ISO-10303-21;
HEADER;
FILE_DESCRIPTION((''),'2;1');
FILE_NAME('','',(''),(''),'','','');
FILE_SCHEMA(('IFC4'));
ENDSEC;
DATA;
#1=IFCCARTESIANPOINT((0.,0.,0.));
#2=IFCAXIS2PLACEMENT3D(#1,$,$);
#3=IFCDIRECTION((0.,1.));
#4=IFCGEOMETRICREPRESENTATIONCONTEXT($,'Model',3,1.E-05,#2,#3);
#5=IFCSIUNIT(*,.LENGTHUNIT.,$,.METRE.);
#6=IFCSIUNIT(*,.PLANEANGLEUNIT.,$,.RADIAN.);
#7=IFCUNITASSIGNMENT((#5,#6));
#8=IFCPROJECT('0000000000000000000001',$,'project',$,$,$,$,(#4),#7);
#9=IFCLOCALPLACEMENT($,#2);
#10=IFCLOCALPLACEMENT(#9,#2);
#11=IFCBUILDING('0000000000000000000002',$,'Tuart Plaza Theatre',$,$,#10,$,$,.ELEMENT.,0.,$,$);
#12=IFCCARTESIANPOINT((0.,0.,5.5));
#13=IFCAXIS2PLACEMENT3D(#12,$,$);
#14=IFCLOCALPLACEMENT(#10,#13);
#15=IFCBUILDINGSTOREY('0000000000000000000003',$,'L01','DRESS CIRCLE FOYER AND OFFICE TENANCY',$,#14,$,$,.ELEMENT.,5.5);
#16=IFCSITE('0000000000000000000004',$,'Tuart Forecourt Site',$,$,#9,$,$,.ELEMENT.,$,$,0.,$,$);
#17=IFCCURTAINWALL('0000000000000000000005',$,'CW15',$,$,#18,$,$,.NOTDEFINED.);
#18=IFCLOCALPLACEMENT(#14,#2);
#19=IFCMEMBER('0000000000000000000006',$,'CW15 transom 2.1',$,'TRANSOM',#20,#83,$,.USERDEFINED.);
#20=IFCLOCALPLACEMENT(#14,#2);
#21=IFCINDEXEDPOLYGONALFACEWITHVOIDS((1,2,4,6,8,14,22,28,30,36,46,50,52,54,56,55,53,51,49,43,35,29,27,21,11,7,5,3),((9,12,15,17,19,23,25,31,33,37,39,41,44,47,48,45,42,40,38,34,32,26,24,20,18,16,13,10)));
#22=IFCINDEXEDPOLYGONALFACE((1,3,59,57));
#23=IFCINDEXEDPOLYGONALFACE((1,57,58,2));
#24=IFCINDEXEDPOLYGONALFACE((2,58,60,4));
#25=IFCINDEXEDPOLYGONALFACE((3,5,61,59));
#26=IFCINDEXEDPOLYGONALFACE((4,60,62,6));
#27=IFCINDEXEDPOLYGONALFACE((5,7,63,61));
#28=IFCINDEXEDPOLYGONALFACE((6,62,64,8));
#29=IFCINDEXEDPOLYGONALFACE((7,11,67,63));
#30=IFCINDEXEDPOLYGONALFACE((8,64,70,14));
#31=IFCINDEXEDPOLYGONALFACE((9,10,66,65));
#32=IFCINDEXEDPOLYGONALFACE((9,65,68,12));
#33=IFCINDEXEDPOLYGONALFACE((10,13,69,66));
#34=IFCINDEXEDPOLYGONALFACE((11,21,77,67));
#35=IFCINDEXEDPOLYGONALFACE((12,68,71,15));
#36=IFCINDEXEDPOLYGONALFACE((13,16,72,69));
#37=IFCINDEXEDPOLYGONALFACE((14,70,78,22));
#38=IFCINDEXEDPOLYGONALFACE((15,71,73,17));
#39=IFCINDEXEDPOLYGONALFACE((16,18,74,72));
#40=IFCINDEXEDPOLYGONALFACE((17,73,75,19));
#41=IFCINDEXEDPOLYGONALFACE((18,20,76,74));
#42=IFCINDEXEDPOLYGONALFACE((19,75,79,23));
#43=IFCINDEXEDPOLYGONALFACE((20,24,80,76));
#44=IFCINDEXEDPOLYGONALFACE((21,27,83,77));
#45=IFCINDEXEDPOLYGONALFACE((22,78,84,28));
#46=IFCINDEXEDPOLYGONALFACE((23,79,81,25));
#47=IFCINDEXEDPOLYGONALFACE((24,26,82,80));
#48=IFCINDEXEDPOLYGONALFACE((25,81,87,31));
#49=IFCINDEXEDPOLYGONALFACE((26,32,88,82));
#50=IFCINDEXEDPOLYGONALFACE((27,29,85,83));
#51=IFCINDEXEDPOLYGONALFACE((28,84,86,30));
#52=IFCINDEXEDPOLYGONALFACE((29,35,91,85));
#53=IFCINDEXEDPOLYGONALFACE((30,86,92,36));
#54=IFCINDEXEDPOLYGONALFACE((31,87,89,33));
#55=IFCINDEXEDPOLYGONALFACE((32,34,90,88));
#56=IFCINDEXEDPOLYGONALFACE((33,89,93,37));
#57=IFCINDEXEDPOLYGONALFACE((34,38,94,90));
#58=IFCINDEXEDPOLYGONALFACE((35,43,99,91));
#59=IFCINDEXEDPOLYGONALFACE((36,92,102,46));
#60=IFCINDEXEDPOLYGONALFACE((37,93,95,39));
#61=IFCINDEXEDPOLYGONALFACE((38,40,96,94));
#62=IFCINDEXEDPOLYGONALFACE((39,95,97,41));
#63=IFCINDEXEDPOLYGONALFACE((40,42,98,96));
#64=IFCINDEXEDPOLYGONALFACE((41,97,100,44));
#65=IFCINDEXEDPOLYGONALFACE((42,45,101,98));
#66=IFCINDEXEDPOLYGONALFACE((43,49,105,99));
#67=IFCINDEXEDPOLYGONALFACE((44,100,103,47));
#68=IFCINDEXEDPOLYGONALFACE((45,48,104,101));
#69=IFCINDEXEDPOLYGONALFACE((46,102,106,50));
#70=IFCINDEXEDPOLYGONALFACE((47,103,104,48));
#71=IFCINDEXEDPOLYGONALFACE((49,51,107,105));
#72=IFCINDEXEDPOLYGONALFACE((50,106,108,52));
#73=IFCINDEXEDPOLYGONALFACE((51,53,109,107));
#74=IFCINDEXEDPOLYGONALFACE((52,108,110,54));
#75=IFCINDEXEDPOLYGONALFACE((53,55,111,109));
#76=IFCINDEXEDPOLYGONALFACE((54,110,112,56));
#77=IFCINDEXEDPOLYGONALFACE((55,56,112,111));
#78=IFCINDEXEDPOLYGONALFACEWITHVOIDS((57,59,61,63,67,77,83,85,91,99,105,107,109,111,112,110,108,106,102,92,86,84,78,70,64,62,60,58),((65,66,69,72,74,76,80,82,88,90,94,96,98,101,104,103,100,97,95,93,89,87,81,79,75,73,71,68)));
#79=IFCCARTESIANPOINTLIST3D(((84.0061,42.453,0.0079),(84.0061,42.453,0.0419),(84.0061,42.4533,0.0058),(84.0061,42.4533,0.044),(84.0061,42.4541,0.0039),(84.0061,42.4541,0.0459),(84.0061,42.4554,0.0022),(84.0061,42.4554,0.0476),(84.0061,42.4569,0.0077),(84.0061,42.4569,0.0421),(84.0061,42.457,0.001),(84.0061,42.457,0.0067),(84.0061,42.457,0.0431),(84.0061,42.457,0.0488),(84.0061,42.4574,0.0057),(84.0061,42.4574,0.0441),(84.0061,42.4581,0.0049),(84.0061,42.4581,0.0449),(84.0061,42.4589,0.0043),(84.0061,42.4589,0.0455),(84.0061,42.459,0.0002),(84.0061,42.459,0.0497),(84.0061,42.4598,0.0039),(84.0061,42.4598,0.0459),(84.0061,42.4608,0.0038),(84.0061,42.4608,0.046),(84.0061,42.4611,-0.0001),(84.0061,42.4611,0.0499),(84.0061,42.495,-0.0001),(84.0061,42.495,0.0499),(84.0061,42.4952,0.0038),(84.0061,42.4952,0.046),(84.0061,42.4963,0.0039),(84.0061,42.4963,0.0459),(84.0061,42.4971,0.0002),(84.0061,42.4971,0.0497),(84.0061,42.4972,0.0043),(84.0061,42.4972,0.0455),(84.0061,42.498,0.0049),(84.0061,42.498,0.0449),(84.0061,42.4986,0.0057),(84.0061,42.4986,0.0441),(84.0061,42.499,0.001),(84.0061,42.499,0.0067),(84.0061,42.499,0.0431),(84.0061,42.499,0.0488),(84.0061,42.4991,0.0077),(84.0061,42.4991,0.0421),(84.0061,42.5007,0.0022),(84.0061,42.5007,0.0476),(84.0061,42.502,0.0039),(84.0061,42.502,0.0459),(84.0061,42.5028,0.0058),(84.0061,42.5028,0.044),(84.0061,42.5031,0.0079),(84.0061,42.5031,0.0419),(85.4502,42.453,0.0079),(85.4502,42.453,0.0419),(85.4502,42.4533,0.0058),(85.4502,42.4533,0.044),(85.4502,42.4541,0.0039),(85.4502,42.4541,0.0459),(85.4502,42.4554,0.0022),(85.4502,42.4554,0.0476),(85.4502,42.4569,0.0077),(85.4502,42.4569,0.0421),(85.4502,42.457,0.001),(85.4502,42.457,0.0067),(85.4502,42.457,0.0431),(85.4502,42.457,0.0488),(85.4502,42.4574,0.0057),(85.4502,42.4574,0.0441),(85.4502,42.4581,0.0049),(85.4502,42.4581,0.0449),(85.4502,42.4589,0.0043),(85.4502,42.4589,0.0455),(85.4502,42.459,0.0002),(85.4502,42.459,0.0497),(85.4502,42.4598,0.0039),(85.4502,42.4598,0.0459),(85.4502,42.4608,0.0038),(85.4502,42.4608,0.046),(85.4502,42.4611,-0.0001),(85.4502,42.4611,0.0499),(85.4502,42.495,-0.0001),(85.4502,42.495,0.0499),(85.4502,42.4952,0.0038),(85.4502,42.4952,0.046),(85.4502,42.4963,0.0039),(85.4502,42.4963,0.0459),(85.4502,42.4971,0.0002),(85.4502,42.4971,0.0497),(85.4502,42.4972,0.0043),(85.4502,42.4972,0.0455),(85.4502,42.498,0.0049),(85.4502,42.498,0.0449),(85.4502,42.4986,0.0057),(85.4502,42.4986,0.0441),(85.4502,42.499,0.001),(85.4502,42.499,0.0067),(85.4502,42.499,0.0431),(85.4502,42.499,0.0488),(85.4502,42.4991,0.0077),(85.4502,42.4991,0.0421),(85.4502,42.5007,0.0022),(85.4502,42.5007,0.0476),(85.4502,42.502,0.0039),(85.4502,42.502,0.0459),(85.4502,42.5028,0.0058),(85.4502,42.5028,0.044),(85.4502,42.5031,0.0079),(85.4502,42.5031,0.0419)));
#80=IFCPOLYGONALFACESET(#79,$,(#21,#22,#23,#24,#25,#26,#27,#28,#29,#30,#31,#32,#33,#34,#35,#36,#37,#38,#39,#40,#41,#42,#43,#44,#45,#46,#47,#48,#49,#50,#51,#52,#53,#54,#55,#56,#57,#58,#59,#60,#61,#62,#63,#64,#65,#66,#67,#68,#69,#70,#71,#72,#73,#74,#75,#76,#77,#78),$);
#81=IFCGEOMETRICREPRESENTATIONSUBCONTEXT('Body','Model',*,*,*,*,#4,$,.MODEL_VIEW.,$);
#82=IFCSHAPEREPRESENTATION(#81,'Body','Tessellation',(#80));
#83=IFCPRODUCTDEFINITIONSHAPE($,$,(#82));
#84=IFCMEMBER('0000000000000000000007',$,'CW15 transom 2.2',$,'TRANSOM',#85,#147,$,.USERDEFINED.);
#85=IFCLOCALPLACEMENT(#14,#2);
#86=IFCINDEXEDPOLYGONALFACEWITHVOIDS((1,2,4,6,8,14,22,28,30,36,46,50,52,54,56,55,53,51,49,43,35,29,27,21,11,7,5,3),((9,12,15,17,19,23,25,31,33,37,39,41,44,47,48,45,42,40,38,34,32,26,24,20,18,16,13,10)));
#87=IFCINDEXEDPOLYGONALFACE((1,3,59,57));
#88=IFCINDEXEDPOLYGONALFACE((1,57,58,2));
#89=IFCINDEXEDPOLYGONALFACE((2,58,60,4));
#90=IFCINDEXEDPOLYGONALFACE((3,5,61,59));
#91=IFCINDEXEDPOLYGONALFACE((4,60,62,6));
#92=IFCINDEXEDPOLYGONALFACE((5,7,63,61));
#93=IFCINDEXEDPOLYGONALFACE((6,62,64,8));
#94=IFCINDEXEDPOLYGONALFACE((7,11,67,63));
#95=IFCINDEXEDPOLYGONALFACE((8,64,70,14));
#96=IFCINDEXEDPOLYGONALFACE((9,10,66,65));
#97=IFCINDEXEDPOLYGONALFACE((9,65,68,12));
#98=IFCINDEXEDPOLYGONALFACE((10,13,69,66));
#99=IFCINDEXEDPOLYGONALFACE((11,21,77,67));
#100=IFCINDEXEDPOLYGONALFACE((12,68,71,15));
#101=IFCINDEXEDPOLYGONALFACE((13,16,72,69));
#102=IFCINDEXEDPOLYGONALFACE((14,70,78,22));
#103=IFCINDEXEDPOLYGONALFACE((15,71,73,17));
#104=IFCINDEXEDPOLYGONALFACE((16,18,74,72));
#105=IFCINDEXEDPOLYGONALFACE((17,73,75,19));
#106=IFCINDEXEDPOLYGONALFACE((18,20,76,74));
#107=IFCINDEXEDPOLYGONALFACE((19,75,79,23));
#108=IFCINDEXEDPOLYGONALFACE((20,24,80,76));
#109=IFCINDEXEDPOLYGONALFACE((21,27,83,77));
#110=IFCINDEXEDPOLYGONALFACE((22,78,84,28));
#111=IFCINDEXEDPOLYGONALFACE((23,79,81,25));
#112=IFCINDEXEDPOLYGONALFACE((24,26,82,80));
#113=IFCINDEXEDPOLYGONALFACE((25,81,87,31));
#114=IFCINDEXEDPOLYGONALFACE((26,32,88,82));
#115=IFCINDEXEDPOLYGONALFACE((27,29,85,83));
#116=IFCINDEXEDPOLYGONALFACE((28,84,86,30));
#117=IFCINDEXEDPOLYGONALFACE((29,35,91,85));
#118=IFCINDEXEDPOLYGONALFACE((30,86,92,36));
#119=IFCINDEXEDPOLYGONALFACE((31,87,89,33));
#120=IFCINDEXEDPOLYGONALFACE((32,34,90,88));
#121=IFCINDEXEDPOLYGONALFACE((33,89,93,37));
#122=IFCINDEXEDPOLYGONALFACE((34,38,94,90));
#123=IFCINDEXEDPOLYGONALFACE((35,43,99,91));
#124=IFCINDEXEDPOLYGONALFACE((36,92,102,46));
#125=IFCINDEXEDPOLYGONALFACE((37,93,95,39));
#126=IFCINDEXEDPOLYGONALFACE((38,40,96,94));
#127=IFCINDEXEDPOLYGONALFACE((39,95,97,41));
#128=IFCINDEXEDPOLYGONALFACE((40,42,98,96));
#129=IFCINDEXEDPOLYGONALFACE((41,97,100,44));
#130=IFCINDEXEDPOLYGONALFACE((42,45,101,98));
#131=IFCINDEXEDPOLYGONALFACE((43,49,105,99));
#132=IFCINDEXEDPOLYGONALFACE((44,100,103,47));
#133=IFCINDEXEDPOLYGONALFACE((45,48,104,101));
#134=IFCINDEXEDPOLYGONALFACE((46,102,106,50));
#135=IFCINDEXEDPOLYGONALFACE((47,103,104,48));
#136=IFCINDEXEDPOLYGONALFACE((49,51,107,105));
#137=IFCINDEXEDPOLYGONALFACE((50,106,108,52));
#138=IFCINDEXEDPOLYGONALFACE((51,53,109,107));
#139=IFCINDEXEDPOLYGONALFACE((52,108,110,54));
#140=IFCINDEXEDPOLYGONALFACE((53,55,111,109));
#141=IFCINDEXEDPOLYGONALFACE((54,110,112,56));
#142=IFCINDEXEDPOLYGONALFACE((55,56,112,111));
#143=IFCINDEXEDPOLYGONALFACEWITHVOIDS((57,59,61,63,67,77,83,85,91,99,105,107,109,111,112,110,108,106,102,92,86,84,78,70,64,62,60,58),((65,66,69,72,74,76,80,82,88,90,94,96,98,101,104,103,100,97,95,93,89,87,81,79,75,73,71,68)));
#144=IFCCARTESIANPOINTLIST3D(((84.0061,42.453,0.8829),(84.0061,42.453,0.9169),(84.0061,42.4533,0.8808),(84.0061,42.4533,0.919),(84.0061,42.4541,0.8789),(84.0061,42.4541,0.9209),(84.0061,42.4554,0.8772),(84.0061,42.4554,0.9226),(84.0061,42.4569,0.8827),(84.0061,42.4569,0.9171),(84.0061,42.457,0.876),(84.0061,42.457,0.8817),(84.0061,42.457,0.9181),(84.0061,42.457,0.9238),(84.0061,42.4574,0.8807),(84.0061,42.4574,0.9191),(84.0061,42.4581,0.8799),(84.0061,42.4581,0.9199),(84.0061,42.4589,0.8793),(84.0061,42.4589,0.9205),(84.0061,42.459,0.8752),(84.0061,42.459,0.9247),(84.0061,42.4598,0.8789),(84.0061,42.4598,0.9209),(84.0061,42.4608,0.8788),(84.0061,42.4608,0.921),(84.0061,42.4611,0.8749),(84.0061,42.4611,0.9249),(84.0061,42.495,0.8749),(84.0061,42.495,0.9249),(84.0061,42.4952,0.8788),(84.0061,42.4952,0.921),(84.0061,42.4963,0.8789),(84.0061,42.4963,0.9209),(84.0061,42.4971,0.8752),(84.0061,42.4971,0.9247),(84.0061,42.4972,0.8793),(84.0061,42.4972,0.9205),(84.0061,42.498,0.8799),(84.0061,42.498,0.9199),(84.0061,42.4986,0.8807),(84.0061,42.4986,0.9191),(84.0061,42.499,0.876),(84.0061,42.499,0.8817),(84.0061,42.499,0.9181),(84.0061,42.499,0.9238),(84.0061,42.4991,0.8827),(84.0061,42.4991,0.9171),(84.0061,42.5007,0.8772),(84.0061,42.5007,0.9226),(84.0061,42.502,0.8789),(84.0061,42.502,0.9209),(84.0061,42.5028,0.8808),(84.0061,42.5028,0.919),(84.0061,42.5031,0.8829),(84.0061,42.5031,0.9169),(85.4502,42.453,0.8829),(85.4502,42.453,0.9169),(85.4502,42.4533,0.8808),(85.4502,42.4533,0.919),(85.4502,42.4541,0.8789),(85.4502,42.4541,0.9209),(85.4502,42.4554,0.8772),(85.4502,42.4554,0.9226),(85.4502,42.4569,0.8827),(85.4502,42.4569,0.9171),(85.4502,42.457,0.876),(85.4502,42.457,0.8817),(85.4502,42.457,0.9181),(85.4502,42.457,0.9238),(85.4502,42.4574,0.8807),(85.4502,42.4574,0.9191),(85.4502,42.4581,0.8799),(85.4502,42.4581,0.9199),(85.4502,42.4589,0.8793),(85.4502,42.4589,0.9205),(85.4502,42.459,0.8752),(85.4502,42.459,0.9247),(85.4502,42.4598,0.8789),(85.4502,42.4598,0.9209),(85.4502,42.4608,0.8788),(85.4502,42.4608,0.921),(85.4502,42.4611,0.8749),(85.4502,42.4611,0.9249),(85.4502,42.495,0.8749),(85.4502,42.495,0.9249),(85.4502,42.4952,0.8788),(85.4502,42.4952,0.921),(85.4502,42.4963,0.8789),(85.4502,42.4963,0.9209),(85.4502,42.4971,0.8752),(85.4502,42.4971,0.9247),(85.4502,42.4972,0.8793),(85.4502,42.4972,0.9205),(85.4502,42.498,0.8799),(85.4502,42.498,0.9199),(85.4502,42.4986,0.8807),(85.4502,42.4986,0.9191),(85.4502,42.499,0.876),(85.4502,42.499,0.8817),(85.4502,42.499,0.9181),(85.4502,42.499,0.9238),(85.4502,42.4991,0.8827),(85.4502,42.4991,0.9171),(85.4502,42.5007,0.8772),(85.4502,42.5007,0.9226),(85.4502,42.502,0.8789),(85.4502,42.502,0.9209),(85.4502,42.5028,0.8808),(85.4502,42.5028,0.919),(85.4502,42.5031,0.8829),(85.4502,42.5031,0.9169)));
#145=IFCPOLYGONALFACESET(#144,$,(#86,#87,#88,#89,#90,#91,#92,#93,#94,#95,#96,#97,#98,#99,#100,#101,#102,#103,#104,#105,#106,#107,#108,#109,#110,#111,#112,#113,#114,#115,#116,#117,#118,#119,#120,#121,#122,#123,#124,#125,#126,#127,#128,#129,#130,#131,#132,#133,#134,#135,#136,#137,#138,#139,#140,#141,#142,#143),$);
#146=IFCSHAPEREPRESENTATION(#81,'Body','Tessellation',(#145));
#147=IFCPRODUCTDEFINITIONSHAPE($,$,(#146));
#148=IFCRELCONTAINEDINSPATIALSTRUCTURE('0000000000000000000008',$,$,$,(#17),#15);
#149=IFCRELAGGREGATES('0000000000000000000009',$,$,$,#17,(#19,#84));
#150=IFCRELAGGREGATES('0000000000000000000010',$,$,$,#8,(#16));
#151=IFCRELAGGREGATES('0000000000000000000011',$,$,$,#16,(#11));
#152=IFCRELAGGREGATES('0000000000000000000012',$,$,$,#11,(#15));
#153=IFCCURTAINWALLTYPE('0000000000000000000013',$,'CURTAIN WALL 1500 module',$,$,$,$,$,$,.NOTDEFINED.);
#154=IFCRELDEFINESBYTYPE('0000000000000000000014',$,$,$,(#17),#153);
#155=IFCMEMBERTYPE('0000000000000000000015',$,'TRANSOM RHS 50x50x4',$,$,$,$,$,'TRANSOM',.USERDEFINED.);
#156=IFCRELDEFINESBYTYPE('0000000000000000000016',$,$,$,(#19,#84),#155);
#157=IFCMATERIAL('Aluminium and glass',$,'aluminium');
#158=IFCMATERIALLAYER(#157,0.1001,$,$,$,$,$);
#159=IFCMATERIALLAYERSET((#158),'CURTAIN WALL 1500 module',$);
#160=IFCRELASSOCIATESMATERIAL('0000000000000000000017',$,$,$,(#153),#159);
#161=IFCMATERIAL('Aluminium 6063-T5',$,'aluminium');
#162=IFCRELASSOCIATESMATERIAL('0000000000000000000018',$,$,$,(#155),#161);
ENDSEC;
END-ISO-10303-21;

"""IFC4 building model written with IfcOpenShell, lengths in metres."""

from ifc_helpers import new_model, si_unit, direction, frame, origin, origin_2d, place, context, subcontext, project, spatial, hollow_rectangle, extrude, material, layer, layer_set, material_profile, profile_set, type_object, element, aggregate, save


model = new_model("IFC4")

# Units and contexts
model_context = context("Model", 3, precision=1e-05, world=origin(), true_north=direction((0.0, 1.0)))
body_context = subcontext(model_context, "Body", "Model", "MODEL_VIEW")
ifc_project = project(units=[si_unit("LENGTHUNIT", "METRE"), si_unit("PLANEANGLEUNIT", "RADIAN")], contexts=[model_context])

# Site, building, storey
site_placement = place(None, origin())
site = spatial("IfcSite", under=ifc_project, at=site_placement, Name="Tuart Forecourt Site", CompositionType="ELEMENT", RefElevation=0.0)
building_placement = place(site_placement, origin())
building = spatial("IfcBuilding", under=site, at=building_placement, Name="Tuart Plaza Theatre", CompositionType="ELEMENT", ElevationOfRefHeight=0.0)
storey_placement = place(building_placement, frame((0.0, 0.0, 5.5)))
storey = spatial("IfcBuildingStorey", under=building, at=storey_placement, Name="L01", Description="DRESS CIRCLE FOYER AND OFFICE TENANCY", CompositionType="ELEMENT", Elevation=5.5)

# Curtain wall, members
ifc_material_1 = material(Name="Aluminium and glass", Category="aluminium")
ifc_layer_1 = layer(ifc_material_1, 0.1001)
ifc_layer_set_1 = layer_set([ifc_layer_1], Name="CURTAIN WALL 1500 module")
curtain_wall_type = type_object("IfcCurtainWallType", Name="CURTAIN WALL 1500 module", PredefinedType="NOTDEFINED", material=ifc_layer_set_1)
curtain_wall_placement = place(storey_placement, origin())
curtain_wall = element("IfcCurtainWall", 1, at=curtain_wall_placement, inside=storey, type_object=curtain_wall_type, Name="CW15", PredefinedType="NOTDEFINED")
ifc_material_2 = material(Name="Aluminium 6063-T5", Category="aluminium")
ifc_material_profile_1 = material_profile(ifc_material_2, hollow_rectangle(XDim=0.05, YDim=0.05, WallThickness=0.0039, InnerFilletRadius=0.0039, OuterFilletRadius=0.0081, at=origin_2d()), Name="RHS 50x50x4")
ifc_profile_set_1 = profile_set([ifc_material_profile_1], Name="Aluminium 6063-T5")
member_type_1 = type_object("IfcMemberType", Name="TRANSOM RHS 50x50x4", ElementType="TRANSOM", PredefinedType="USERDEFINED", material=ifc_profile_set_1)
member_1_placement = place(storey_placement, frame((84.0061, 42.478, 0.0249), z_axis=(1.0, 0.0, 0.0), x_axis=(0.0, 1.0, 0.0)))
member_1 = element("IfcMember", 2, at=member_1_placement, type_object=member_type_1, Name="CW15 transom 2.1", ObjectType="TRANSOM", PredefinedType="USERDEFINED", context=body_context, shape_type="SweptSolid", body=[
    extrude(hollow_rectangle(XDim=0.05, YDim=0.05, WallThickness=0.0039, InnerFilletRadius=0.0039, OuterFilletRadius=0.0081, at=origin_2d()), origin(), (0.0, 0.0, 1.0), 1.4441),
])
member_2_placement = place(storey_placement, frame((84.0061, 42.478, 0.8999), z_axis=(1.0, 0.0, 0.0), x_axis=(0.0, 1.0, 0.0)))
member_2 = element("IfcMember", 3, at=member_2_placement, type_object=member_type_1, Name="CW15 transom 2.2", ObjectType="TRANSOM", PredefinedType="USERDEFINED", context=body_context, shape_type="SweptSolid", body=[
    extrude(hollow_rectangle(XDim=0.05, YDim=0.05, WallThickness=0.0039, InnerFilletRadius=0.0039, OuterFilletRadius=0.0081, at=origin_2d()), origin(), (0.0, 0.0, 1.0), 1.4441),
])
aggregate(curtain_wall, [member_1, member_2])

save(model, "model.ifc")
